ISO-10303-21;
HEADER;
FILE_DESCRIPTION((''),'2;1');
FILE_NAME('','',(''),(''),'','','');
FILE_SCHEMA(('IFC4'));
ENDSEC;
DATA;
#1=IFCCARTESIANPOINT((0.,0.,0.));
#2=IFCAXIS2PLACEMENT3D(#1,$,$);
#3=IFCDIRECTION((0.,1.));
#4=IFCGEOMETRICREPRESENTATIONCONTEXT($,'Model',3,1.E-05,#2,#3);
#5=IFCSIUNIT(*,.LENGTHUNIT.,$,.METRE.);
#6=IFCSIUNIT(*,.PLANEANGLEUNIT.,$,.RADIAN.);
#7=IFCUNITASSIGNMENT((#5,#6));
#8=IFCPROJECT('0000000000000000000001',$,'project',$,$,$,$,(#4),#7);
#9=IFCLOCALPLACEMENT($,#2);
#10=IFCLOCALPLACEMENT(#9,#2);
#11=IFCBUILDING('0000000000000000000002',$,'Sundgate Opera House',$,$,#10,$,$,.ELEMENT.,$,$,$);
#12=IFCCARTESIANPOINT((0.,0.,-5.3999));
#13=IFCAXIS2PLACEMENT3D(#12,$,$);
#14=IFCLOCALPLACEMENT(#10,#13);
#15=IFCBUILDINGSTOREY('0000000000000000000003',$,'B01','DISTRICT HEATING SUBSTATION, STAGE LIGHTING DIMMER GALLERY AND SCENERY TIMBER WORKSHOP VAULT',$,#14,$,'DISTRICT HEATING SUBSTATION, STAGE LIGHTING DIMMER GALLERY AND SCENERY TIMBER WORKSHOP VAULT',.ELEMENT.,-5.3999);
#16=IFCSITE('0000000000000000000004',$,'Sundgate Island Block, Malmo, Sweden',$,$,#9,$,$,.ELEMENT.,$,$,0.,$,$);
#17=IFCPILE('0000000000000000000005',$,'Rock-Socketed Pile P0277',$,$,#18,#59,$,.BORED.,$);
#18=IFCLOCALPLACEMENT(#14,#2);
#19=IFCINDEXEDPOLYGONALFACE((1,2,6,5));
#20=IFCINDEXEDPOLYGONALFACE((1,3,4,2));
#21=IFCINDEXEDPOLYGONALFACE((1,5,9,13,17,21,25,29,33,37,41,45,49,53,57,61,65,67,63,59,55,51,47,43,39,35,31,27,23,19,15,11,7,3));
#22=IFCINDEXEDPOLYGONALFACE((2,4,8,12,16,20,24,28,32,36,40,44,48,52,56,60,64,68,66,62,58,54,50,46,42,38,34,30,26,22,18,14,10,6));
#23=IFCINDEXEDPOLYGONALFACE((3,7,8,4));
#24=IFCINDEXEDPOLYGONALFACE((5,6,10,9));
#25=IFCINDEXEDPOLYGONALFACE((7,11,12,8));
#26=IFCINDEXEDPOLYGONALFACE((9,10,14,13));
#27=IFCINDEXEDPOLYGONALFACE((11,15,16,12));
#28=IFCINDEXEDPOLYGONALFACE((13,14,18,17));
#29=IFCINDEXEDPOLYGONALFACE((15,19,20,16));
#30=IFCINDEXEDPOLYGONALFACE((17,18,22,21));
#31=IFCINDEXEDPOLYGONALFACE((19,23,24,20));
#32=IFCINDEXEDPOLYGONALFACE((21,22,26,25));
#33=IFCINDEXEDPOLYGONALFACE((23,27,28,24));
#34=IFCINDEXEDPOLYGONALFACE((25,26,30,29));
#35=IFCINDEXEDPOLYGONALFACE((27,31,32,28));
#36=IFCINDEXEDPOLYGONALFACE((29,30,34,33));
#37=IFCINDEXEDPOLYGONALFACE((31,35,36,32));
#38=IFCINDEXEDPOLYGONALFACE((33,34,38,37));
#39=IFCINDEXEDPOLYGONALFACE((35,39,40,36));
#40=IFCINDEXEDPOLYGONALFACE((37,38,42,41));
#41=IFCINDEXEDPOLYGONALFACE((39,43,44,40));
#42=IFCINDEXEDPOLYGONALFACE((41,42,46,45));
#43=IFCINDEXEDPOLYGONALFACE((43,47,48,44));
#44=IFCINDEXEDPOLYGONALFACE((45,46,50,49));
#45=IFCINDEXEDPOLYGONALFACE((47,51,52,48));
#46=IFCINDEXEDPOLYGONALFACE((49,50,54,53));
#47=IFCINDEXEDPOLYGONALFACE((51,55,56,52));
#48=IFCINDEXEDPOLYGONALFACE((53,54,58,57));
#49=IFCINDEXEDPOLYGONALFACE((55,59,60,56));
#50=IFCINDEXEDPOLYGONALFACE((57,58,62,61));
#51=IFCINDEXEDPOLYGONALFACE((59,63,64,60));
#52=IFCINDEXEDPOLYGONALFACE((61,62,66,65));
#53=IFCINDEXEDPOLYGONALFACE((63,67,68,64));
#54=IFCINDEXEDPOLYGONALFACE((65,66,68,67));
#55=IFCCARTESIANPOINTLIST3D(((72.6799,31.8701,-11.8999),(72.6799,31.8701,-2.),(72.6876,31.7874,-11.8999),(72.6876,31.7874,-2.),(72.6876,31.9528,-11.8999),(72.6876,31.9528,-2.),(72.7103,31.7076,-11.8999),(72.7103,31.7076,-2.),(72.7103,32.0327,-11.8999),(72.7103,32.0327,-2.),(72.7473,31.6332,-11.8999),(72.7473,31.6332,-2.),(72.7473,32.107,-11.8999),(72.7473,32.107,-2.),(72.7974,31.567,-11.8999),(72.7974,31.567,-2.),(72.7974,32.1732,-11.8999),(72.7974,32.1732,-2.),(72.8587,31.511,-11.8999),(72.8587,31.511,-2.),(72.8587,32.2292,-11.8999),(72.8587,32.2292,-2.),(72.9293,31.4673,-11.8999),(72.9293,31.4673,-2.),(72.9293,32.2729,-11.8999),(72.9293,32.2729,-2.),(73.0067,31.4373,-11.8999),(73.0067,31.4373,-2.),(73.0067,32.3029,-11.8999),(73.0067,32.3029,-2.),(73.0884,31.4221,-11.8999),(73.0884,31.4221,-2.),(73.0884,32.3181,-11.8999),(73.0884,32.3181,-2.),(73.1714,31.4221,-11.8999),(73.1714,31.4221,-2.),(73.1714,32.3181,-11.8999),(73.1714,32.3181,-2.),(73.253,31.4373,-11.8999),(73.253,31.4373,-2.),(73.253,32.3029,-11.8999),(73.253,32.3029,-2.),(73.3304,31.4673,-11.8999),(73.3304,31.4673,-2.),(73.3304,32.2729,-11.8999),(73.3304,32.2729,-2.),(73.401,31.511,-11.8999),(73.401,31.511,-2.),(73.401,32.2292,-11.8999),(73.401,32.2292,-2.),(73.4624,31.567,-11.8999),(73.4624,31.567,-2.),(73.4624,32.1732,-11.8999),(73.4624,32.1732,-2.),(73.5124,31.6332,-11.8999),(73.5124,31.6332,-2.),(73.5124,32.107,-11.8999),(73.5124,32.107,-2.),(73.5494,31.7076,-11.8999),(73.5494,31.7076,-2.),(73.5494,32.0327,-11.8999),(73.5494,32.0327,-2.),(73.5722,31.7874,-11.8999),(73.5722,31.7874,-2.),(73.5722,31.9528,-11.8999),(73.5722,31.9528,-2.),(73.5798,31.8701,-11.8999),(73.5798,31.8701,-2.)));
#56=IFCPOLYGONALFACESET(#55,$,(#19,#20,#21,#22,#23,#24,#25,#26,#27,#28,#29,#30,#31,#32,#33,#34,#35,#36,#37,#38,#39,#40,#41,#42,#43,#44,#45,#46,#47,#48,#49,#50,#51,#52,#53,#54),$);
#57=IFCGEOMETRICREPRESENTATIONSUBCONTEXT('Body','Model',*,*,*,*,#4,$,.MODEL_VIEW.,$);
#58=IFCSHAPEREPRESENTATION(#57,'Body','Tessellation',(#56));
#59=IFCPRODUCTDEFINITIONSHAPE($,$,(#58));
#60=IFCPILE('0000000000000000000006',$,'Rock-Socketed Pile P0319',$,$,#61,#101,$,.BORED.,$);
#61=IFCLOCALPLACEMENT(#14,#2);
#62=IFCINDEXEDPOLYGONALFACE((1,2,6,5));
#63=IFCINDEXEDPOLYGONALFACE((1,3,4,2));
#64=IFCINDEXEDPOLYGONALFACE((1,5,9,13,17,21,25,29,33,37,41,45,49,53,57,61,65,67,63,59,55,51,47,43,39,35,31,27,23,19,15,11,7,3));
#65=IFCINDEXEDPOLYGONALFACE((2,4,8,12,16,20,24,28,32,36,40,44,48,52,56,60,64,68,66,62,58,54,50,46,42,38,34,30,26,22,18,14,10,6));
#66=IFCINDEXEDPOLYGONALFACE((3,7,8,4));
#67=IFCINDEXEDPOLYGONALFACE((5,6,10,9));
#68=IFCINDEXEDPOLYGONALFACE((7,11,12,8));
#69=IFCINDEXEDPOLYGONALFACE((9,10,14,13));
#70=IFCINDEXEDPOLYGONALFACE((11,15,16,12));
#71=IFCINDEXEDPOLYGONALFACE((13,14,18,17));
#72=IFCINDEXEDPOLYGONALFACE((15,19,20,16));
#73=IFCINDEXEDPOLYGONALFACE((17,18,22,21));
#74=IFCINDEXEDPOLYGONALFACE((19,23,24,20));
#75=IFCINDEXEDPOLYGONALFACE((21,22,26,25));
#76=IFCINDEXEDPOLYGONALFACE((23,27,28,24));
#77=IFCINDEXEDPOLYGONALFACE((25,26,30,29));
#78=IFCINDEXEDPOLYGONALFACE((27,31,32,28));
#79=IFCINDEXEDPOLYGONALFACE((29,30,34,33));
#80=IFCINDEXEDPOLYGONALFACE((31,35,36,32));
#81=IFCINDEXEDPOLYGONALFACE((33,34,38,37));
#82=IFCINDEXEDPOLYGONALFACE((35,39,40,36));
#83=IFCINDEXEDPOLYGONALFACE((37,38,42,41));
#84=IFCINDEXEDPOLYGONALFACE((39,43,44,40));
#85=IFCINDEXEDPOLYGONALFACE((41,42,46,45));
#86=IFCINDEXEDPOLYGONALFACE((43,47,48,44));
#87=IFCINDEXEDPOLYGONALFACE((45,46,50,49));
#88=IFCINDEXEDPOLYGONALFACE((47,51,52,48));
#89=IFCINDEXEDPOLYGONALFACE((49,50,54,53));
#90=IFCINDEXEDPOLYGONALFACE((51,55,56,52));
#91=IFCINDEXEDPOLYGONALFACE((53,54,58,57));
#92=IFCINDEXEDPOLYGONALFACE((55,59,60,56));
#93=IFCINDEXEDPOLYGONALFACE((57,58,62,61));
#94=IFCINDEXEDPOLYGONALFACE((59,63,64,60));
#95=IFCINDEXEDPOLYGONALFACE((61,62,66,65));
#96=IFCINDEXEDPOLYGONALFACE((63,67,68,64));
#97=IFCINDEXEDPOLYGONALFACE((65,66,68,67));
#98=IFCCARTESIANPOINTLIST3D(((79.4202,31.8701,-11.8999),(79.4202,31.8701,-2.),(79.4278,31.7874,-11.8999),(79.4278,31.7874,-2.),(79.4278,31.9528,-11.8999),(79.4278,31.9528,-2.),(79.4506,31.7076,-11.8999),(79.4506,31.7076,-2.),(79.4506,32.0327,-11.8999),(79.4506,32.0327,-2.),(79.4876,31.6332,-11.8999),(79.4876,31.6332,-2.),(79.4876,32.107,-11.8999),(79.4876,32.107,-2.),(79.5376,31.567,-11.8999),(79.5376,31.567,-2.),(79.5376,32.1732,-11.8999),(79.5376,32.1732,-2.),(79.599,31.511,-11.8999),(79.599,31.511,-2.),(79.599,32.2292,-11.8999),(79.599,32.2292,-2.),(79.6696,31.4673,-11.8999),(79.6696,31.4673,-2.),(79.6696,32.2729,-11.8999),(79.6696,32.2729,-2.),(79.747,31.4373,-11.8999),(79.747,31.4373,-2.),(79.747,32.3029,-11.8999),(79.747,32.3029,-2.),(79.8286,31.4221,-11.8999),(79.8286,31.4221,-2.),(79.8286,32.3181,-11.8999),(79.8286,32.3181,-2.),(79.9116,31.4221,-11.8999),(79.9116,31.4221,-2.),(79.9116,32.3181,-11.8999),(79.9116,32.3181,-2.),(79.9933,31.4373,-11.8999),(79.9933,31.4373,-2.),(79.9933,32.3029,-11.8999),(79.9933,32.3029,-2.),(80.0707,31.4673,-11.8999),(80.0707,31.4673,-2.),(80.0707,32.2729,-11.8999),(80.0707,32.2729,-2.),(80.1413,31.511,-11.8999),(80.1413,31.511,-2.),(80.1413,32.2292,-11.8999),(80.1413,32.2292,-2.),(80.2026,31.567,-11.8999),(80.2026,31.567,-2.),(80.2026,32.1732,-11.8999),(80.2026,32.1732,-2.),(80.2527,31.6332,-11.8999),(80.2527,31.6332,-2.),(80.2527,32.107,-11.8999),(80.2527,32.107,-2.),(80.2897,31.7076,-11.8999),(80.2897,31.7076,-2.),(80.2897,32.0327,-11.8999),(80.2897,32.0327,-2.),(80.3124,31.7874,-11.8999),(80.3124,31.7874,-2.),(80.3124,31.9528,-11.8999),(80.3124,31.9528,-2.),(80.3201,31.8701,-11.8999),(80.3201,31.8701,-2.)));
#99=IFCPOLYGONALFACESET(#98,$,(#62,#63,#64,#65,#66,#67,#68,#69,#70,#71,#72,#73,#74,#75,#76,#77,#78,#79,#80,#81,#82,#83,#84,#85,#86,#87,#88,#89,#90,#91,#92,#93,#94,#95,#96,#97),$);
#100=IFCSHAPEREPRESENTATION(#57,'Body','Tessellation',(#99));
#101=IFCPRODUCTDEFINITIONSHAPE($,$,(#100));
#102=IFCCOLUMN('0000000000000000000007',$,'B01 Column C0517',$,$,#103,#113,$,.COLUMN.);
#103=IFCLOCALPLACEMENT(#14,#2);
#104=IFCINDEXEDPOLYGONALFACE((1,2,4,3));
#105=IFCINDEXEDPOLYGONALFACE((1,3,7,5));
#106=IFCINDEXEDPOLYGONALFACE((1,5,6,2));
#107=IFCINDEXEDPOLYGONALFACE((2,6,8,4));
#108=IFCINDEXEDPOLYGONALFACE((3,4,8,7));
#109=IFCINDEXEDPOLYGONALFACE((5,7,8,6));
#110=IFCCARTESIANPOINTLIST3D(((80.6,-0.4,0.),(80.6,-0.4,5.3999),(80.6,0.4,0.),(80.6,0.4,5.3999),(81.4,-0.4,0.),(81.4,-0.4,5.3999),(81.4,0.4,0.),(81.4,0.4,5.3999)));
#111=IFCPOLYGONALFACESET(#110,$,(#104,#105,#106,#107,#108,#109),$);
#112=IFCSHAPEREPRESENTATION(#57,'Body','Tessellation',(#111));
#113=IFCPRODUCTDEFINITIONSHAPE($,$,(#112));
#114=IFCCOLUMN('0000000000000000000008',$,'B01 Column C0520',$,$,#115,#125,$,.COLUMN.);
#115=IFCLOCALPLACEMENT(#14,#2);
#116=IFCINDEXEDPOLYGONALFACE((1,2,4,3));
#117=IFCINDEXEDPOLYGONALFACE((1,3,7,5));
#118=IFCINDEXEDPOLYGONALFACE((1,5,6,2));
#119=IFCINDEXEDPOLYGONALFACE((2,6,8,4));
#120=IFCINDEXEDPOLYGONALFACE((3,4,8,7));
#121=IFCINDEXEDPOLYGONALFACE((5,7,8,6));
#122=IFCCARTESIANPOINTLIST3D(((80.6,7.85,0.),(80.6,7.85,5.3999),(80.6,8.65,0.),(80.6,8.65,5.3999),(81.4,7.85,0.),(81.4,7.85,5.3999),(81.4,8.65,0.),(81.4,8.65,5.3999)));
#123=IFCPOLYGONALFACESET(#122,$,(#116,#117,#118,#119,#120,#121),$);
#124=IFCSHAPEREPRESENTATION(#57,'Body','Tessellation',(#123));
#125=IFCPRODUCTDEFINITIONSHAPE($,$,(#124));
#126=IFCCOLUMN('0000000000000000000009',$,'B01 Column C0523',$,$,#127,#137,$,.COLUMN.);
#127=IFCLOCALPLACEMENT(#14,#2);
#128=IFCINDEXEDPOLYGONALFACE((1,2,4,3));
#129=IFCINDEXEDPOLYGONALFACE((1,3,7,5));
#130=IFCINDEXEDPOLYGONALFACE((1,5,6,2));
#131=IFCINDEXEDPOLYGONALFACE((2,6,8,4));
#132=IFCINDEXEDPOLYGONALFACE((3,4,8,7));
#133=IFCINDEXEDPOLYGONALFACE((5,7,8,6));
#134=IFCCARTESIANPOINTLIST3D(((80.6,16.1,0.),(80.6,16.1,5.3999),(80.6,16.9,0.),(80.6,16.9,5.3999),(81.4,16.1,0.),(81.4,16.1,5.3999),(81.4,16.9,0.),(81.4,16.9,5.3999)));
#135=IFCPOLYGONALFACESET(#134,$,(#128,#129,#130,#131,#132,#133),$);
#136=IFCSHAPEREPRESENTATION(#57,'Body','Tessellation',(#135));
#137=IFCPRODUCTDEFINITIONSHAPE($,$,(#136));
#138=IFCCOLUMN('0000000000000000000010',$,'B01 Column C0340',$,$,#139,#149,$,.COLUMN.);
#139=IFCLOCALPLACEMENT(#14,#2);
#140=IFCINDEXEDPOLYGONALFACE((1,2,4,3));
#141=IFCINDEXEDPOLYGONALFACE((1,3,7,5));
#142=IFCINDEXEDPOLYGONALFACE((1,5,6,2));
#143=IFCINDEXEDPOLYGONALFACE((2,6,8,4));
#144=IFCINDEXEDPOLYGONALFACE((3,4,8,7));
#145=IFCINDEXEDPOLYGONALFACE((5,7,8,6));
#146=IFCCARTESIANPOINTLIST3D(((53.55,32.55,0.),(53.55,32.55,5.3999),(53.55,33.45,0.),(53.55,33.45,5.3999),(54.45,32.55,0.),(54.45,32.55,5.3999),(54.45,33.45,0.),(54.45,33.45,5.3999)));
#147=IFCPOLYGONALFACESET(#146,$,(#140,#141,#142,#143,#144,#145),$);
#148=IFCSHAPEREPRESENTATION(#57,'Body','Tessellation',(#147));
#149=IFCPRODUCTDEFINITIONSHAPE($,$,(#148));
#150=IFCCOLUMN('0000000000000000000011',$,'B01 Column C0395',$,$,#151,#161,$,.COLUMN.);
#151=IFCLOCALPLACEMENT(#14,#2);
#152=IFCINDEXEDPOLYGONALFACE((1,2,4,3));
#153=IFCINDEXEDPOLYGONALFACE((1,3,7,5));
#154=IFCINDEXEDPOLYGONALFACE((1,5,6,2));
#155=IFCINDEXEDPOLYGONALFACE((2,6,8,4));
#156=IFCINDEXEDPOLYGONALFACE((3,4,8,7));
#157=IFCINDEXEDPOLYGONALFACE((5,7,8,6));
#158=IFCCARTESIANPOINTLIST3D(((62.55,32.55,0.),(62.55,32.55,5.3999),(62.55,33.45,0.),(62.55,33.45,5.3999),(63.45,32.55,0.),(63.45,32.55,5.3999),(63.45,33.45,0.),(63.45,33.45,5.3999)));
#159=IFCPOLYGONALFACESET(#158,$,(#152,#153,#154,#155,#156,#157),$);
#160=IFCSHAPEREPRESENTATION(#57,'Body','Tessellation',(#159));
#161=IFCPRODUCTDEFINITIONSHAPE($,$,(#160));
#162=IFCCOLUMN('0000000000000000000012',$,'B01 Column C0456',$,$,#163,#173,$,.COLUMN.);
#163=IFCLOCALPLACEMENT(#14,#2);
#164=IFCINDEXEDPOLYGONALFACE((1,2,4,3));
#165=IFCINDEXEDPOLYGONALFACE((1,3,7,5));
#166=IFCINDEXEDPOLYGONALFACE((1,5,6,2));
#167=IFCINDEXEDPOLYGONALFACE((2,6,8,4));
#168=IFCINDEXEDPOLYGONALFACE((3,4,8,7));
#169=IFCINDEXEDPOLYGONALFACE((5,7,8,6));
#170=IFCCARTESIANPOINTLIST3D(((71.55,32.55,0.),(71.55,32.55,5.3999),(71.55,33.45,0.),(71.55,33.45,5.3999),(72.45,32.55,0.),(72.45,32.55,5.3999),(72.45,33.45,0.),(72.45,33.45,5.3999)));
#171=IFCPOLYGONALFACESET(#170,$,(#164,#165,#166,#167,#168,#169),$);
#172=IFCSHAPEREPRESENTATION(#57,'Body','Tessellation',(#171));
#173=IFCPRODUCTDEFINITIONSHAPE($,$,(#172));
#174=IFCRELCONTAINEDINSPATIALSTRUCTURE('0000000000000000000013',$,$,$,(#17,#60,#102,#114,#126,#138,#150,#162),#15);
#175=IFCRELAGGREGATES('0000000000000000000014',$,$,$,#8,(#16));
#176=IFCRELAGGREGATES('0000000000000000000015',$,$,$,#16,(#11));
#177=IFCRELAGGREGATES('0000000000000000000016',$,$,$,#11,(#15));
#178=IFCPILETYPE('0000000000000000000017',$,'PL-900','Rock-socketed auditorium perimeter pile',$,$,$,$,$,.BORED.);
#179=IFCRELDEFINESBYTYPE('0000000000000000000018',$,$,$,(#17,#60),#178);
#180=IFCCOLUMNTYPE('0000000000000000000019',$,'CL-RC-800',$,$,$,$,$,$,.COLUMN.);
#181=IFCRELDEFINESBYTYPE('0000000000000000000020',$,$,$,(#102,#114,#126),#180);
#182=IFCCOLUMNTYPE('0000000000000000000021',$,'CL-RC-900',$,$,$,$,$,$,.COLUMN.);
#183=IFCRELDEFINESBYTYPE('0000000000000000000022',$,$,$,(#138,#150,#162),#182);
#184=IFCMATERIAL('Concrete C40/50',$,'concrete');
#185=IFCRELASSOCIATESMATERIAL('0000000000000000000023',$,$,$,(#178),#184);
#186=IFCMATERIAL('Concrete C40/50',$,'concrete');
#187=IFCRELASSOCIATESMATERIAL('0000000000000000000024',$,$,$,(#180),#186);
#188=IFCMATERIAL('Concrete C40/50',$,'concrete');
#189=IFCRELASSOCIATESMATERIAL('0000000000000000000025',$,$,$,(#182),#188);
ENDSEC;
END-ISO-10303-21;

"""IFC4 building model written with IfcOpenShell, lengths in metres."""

from ifc_helpers import new_model, si_unit, direction, frame, origin, origin_2d, place, context, subcontext, project, spatial, rectangle, circle, extrude, material, material_profile, profile_set, type_object, element, save


model = new_model("IFC4")

# Units and contexts
model_context = context("Model", 3, precision=1e-05, world=origin(), true_north=direction((0.0, 1.0)))
body_context = subcontext(model_context, "Body", "Model", "MODEL_VIEW")
ifc_project = project(units=[si_unit("LENGTHUNIT", "METRE"), si_unit("PLANEANGLEUNIT", "RADIAN")], contexts=[model_context])

# Site, building, storey
site_placement = place(None, origin())
site = spatial("IfcSite", under=ifc_project, at=site_placement, Name="Sundgate Island Block, Malmo, Sweden", CompositionType="ELEMENT", RefElevation=0.0)
building_placement = place(site_placement, origin())
building = spatial("IfcBuilding", under=site, at=building_placement, Name="Sundgate Opera House", CompositionType="ELEMENT")
storey_placement = place(building_placement, frame((0.0, 0.0, -5.3999)))
storey = spatial("IfcBuildingStorey", under=building, at=storey_placement, Name="B01", Description="DISTRICT HEATING SUBSTATION, STAGE LIGHTING DIMMER GALLERY AND SCENERY TIMBER WORKSHOP VAULT", LongName="DISTRICT HEATING SUBSTATION, STAGE LIGHTING DIMMER GALLERY AND SCENERY TIMBER WORKSHOP VAULT", CompositionType="ELEMENT", Elevation=-5.3999)

# Piles
ifc_material_1 = material(Name="Concrete C40/50", Category="concrete")
ifc_material_profile_1 = material_profile(ifc_material_1, circle(Radius=0.45, at=origin_2d()), Name="PILE D900")
ifc_profile_set_1 = profile_set([ifc_material_profile_1], Name="Concrete C40/50")
pile_type_1 = type_object("IfcPileType", Name="PL-900", Description="Rock-socketed auditorium perimeter pile", PredefinedType="BORED", material=ifc_profile_set_1)
for number, where, z_axis, x_axis, name in (
    (1, (73.1299, 31.8701, -2.0), (0.0, 0.0, -1.0), (1.0, 0.0, 0.0), "Rock-Socketed Pile P0277"),
    (2, (79.8701, 31.8701, -2.0), (0.0, 0.0, -1.0), (1.0, 0.0, 0.0), "Rock-Socketed Pile P0319"),
):
    element("IfcPile", number, at=place(storey_placement, frame(where, z_axis=z_axis, x_axis=x_axis)), inside=storey, type_object=pile_type_1, Name=name, PredefinedType="BORED", context=body_context, shape_type="SweptSolid", body=[
        extrude(circle(Radius=0.45, at=origin_2d()), origin(), (0.0, 0.0, 1.0), 9.8999),
    ])

# Columns
ifc_material_2 = material(Name="Concrete C40/50", Category="concrete")
ifc_material_profile_2 = material_profile(ifc_material_2, rectangle(XDim=0.8, YDim=0.8, at=origin_2d()), Name="RC 800x800")
ifc_profile_set_2 = profile_set([ifc_material_profile_2], Name="Concrete C40/50")
column_type_1 = type_object("IfcColumnType", Name="CL-RC-800", PredefinedType="COLUMN", material=ifc_profile_set_2)
for number, where, z_axis, x_axis, name in (
    (3, (81.0, 0.0, 0.0), (0.0, 0.0, 1.0), (1.0, 0.0, 0.0), "B01 Column C0517"),
    (4, (81.0, 8.25, 0.0), (0.0, 0.0, 1.0), (1.0, 0.0, 0.0), "B01 Column C0520"),
    (5, (81.0, 16.5, 0.0), (0.0, 0.0, 1.0), (1.0, 0.0, 0.0), "B01 Column C0523"),
):
    element("IfcColumn", number, at=place(storey_placement, frame(where, z_axis=z_axis, x_axis=x_axis)), inside=storey, type_object=column_type_1, Name=name, PredefinedType="COLUMN", context=body_context, shape_type="SweptSolid", body=[
        extrude(rectangle(XDim=0.8, YDim=0.8, at=origin_2d()), origin(), (0.0, 0.0, 1.0), 5.3999),
    ])
ifc_material_3 = material(Name="Concrete C40/50", Category="concrete")
ifc_material_profile_3 = material_profile(ifc_material_3, rectangle(XDim=0.8999, YDim=0.8999, at=origin_2d()), Name="RC 900x900")
ifc_profile_set_3 = profile_set([ifc_material_profile_3], Name="Concrete C40/50")
column_type_2 = type_object("IfcColumnType", Name="CL-RC-900", PredefinedType="COLUMN", material=ifc_profile_set_3)
for number, where, z_axis, x_axis, name in (
    (6, (54.0, 33.0, 0.0), (0.0, 0.0, 1.0), (1.0, 0.0, 0.0), "B01 Column C0340"),
    (7, (63.0, 33.0, 0.0), (0.0, 0.0, 1.0), (1.0, 0.0, 0.0), "B01 Column C0395"),
    (8, (72.0, 33.0, 0.0), (0.0, 0.0, 1.0), (1.0, 0.0, 0.0), "B01 Column C0456"),
):
    element("IfcColumn", number, at=place(storey_placement, frame(where, z_axis=z_axis, x_axis=x_axis)), inside=storey, type_object=column_type_2, Name=name, PredefinedType="COLUMN", context=body_context, shape_type="SweptSolid", body=[
        extrude(rectangle(XDim=0.8999, YDim=0.8999, at=origin_2d()), origin(), (0.0, 0.0, 1.0), 5.3999),
    ])

save(model, "model.ifc")
